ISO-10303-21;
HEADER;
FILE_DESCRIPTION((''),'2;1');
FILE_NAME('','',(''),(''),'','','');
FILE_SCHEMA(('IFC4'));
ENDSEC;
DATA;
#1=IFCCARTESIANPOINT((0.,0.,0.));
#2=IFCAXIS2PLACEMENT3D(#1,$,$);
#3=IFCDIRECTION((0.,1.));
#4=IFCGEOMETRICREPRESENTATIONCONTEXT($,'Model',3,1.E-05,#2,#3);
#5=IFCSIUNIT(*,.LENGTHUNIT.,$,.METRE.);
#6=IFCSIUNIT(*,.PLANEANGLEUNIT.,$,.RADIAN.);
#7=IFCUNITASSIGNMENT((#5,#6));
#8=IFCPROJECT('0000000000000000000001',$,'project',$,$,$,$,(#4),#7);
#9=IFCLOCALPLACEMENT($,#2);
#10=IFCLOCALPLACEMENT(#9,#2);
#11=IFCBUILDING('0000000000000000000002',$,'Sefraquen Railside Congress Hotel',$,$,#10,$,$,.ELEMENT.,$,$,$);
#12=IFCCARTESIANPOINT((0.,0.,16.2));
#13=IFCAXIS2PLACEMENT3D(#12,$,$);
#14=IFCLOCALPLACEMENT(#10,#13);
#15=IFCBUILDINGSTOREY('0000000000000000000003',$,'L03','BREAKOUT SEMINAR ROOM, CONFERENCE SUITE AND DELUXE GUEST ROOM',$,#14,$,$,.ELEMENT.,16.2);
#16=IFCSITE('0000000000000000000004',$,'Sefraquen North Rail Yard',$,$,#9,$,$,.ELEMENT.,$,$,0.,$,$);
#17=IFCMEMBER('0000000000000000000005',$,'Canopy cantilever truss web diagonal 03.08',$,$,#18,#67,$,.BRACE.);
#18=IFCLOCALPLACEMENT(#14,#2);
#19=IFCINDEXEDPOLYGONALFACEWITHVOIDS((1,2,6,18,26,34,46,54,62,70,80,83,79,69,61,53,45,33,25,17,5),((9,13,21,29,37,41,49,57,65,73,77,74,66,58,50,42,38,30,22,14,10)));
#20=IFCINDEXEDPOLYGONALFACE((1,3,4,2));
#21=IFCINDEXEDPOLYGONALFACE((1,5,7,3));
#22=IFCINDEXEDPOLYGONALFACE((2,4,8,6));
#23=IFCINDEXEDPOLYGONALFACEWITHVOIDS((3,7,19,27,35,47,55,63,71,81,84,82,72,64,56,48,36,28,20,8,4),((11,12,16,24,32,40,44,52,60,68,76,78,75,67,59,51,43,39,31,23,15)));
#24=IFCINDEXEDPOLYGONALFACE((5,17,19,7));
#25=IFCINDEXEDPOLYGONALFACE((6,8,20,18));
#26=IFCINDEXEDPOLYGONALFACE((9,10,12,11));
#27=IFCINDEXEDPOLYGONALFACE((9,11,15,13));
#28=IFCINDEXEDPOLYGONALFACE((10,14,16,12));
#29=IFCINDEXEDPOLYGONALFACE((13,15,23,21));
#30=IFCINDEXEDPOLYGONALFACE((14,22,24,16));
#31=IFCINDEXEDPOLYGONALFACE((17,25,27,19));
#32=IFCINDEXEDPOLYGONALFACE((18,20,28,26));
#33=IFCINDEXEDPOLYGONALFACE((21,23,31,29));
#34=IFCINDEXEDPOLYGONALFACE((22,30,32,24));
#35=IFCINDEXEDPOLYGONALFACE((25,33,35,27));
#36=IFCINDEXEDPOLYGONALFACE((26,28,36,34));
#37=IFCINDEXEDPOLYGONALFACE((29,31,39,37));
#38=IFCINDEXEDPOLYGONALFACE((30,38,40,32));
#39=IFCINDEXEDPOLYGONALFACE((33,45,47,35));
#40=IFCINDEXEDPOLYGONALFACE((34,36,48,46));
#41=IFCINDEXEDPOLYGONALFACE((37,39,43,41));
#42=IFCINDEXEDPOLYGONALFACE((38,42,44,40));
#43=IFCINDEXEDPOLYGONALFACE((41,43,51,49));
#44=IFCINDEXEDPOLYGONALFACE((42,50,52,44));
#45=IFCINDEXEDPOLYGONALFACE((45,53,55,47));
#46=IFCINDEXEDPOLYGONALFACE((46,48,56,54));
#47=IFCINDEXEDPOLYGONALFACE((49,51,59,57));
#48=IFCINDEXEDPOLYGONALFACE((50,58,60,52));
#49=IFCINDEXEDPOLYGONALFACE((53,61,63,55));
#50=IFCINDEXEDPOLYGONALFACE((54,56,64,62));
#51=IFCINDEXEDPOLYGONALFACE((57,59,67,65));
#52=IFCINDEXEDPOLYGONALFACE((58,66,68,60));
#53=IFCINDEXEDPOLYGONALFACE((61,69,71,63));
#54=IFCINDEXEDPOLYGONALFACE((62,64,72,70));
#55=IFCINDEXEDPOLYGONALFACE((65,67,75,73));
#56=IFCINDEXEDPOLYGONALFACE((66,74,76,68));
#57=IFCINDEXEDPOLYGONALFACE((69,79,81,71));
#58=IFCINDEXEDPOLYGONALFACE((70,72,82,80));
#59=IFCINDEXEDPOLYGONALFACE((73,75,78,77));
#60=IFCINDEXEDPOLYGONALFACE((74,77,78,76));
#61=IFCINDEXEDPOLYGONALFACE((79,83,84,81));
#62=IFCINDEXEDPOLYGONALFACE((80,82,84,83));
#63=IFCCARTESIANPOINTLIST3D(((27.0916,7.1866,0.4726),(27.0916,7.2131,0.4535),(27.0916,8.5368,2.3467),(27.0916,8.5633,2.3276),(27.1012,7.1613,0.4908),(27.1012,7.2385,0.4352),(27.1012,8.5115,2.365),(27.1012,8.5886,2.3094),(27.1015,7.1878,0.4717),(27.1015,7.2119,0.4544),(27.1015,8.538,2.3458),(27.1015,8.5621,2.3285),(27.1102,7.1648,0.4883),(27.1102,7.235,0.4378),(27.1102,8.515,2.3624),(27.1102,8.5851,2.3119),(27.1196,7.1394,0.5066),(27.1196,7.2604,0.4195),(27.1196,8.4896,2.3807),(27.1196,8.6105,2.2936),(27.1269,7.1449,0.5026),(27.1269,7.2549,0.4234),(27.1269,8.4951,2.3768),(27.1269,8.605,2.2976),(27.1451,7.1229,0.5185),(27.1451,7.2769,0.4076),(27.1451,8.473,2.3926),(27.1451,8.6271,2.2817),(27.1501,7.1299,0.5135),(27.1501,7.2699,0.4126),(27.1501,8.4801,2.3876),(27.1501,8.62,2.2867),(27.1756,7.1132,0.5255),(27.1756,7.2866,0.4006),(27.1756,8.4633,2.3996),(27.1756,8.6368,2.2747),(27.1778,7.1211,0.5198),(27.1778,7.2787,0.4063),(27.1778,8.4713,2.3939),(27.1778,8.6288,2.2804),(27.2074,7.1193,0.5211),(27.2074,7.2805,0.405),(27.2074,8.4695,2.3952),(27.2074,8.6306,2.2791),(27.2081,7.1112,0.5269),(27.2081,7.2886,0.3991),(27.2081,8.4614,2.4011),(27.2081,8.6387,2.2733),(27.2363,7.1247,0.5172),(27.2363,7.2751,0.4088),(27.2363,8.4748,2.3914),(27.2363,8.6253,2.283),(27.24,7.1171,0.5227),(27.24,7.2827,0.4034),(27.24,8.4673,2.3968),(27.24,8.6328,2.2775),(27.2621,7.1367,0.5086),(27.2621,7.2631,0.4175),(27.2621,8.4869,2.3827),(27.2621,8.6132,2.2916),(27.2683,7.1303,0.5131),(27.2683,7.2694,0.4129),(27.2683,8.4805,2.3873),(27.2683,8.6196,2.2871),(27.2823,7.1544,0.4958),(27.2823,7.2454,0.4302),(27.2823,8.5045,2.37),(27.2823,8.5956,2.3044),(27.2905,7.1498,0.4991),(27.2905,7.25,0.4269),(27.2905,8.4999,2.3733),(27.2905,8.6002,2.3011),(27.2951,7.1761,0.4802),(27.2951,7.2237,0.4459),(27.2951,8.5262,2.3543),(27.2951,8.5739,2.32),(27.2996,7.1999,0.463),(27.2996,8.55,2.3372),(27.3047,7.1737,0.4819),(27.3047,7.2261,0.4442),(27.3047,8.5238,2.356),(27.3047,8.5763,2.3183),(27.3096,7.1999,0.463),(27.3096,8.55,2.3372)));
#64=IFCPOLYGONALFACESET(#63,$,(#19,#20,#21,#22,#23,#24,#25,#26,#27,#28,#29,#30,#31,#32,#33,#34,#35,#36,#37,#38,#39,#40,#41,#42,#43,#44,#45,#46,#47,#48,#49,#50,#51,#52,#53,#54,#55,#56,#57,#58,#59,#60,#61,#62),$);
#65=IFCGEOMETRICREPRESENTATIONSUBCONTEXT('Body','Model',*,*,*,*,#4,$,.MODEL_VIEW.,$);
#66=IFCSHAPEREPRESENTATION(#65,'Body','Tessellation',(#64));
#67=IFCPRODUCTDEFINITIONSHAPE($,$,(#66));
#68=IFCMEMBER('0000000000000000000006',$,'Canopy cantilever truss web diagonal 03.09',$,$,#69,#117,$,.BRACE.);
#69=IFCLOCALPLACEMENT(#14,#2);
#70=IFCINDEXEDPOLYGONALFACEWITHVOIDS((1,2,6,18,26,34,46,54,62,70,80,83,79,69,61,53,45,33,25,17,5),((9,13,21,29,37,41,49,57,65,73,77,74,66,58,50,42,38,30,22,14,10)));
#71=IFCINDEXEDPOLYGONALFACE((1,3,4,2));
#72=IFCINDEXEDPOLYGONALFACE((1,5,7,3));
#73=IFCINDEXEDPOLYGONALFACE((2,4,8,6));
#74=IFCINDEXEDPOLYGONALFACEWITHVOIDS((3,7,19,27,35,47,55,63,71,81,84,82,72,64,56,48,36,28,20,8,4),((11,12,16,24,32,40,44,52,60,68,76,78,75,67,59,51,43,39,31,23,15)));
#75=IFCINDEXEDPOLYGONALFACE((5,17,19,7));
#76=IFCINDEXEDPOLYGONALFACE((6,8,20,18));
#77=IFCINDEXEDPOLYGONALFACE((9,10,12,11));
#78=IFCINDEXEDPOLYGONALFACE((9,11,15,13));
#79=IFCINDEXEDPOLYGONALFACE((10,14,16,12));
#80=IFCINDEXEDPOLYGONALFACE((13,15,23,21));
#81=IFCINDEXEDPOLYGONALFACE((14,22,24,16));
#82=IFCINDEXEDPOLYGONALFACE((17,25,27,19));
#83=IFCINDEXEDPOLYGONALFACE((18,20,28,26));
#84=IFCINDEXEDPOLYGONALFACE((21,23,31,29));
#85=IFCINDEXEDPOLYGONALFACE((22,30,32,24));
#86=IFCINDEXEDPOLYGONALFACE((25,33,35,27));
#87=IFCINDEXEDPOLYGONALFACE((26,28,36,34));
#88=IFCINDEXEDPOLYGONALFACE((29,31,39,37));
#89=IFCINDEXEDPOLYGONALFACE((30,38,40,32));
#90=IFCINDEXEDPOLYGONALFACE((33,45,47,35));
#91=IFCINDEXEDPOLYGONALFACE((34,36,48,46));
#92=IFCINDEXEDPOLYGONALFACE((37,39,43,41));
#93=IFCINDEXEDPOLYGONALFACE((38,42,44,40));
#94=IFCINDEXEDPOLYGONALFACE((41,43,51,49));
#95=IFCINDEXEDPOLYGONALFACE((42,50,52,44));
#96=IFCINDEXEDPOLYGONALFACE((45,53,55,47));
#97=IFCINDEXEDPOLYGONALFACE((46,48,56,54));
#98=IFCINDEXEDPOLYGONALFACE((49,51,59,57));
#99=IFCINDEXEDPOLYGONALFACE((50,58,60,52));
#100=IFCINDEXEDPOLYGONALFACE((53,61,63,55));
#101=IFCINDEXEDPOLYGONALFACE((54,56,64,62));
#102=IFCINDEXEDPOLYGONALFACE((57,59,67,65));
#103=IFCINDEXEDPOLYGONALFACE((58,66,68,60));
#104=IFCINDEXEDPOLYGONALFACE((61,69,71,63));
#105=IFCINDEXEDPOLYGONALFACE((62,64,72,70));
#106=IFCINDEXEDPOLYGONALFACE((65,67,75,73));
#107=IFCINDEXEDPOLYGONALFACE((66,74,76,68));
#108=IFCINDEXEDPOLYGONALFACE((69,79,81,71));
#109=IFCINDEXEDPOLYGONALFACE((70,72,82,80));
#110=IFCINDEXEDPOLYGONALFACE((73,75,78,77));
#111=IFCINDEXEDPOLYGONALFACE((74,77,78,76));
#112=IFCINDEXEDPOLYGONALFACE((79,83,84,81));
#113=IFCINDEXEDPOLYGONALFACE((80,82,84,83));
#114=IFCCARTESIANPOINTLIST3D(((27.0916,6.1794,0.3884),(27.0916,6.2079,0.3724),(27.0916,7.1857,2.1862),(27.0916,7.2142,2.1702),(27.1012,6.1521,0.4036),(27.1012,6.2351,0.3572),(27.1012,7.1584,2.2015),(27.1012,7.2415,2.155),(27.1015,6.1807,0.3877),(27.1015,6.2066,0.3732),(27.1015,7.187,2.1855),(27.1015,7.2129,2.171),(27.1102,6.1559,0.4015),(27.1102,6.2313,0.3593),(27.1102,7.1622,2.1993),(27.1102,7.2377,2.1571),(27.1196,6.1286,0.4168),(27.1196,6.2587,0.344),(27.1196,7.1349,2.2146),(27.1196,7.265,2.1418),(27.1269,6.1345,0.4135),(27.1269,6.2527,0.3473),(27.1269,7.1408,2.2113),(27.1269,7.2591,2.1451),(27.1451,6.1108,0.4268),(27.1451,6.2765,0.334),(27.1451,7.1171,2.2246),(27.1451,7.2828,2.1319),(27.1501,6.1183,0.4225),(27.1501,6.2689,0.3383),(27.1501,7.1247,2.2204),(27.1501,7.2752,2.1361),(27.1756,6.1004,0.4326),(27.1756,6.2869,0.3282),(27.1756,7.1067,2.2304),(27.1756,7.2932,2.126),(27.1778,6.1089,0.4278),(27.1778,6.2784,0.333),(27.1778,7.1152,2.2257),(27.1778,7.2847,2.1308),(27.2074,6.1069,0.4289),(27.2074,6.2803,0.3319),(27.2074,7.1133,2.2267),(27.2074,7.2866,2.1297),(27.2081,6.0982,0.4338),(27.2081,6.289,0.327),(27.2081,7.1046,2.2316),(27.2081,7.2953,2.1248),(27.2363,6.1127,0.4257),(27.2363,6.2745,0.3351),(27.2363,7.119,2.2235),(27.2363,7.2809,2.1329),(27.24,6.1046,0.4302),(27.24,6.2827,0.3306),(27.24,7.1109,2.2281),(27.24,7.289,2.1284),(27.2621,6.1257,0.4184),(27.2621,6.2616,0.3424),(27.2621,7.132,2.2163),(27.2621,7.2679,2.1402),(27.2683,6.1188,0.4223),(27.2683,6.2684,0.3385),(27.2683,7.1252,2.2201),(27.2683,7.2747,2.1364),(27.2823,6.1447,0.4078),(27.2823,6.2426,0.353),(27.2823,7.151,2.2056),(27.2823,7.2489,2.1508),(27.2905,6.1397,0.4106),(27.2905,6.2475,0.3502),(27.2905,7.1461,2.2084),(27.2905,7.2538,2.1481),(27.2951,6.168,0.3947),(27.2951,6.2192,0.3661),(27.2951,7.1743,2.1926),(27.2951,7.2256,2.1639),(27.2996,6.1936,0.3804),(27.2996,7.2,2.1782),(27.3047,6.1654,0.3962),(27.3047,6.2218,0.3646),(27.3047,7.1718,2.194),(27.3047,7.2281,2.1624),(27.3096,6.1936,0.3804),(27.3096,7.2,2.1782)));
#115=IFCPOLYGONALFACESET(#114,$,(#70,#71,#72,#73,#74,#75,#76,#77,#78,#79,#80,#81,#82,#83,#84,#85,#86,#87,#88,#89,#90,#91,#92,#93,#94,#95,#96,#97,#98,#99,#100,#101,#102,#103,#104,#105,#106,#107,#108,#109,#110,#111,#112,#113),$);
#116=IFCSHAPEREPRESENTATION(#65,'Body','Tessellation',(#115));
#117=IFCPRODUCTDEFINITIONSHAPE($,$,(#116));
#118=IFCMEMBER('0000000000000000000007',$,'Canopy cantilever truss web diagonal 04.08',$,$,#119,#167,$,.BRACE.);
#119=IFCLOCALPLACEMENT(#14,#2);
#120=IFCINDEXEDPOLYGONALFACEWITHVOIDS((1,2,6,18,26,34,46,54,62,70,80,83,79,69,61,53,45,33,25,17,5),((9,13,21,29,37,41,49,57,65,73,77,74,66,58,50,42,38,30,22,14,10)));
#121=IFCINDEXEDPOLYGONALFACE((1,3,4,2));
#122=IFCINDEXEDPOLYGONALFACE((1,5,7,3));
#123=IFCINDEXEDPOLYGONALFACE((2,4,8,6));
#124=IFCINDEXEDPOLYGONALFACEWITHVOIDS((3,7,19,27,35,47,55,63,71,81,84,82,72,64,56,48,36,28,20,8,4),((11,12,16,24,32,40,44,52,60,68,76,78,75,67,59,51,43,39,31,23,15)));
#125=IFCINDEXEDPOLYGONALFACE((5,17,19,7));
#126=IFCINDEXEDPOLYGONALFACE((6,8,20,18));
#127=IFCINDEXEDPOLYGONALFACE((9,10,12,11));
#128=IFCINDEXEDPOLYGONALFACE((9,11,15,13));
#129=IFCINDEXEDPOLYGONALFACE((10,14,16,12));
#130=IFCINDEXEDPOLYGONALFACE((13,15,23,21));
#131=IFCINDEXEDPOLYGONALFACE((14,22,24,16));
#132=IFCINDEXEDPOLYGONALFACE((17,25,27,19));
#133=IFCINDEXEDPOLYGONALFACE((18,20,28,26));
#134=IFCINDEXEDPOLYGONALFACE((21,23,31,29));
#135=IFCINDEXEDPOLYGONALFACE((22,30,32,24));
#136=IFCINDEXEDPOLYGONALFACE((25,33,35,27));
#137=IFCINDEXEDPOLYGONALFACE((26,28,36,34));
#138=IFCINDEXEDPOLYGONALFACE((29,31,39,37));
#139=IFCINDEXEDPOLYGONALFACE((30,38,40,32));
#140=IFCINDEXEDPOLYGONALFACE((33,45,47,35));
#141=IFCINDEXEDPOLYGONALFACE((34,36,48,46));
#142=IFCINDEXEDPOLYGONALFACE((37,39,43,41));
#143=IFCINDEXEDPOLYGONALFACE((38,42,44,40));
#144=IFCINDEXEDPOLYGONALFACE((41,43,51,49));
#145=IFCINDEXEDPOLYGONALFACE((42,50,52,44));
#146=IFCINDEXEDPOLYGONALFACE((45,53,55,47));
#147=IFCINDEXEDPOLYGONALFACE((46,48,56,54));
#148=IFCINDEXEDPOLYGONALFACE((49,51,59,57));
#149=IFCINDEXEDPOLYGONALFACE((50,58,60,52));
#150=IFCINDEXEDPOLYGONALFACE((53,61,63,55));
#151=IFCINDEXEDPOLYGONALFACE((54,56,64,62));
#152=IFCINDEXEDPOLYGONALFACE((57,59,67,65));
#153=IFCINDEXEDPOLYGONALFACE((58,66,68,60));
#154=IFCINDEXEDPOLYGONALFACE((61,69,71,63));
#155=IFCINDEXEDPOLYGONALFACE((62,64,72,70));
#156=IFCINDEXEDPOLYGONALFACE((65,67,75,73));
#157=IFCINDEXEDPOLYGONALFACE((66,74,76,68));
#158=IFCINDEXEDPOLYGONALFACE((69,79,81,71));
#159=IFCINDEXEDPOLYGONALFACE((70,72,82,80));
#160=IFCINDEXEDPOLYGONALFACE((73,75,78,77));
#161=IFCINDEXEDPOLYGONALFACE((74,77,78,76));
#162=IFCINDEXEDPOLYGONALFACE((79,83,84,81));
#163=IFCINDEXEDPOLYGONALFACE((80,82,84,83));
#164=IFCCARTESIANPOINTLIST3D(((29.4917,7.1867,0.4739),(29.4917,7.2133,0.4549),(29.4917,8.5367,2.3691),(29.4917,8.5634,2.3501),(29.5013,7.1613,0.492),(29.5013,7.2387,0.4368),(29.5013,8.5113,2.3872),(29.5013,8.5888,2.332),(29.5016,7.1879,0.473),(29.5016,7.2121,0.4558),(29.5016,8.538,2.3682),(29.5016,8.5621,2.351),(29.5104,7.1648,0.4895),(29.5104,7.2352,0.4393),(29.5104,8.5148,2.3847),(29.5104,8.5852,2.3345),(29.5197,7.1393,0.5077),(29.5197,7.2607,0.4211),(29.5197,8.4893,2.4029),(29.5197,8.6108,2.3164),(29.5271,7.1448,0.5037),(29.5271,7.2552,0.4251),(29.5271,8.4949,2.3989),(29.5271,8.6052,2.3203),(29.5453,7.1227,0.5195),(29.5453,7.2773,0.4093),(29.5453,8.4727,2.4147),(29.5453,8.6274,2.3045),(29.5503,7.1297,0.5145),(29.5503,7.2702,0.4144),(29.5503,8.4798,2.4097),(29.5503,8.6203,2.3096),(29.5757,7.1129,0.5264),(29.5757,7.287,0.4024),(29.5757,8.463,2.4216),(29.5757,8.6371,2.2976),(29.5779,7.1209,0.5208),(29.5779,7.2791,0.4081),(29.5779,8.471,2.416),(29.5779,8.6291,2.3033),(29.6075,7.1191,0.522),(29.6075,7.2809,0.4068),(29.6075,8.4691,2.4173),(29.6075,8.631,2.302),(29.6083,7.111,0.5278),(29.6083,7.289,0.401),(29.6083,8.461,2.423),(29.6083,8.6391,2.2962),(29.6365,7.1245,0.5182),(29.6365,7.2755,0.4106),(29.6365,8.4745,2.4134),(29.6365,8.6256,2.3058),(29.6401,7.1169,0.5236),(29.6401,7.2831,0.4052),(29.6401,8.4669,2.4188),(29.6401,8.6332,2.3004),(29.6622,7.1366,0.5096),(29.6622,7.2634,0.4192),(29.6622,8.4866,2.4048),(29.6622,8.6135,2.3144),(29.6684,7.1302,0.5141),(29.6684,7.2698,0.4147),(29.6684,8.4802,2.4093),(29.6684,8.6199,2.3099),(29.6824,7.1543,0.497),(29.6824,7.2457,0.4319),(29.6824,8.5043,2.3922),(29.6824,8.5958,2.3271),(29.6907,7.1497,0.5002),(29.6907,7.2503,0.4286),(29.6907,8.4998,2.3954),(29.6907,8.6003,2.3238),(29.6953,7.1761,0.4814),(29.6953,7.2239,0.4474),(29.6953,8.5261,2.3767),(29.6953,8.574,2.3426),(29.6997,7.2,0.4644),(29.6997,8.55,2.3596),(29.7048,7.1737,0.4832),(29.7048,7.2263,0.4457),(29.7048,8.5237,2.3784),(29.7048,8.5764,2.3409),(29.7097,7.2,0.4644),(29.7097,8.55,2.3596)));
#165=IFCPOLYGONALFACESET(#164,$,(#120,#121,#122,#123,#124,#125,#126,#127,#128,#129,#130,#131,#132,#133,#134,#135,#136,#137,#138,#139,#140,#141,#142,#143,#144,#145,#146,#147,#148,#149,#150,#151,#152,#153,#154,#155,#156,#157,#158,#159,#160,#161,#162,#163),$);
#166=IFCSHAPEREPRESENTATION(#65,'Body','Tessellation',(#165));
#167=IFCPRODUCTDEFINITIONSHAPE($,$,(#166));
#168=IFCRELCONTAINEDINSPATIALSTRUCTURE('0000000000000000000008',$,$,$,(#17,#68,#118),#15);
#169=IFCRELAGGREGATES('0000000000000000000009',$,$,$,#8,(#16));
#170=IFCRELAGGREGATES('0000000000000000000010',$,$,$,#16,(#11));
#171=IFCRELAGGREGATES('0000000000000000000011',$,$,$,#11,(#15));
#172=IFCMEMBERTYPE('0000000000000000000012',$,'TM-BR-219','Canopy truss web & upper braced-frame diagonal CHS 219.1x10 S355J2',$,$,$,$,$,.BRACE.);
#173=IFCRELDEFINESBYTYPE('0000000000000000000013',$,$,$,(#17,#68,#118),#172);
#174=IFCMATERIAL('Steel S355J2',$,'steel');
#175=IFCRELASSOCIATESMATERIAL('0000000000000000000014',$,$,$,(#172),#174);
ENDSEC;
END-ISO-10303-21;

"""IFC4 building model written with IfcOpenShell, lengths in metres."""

from ifc_helpers import new_model, si_unit, direction, frame, origin, origin_2d, place, context, subcontext, project, spatial, hollow_circle, extrude, material, material_profile, profile_set, type_object, element, save


model = new_model("IFC4")

# Units and contexts
model_context = context("Model", 3, precision=1e-05, world=origin(), true_north=direction((0.0, 1.0)))
body_context = subcontext(model_context, "Body", "Model", "MODEL_VIEW")
ifc_project = project(units=[si_unit("LENGTHUNIT", "METRE"), si_unit("PLANEANGLEUNIT", "RADIAN")], contexts=[model_context])

# Site, building, storey
site_placement = place(None, origin())
site = spatial("IfcSite", under=ifc_project, at=site_placement, Name="Sefraquen North Rail Yard", CompositionType="ELEMENT", RefElevation=0.0)
building_placement = place(site_placement, origin())
building = spatial("IfcBuilding", under=site, at=building_placement, Name="Sefraquen Railside Congress Hotel", CompositionType="ELEMENT")
storey_placement = place(building_placement, frame((0.0, 0.0, 16.2)))
storey = spatial("IfcBuildingStorey", under=building, at=storey_placement, Name="L03", Description="BREAKOUT SEMINAR ROOM, CONFERENCE SUITE AND DELUXE GUEST ROOM", CompositionType="ELEMENT", Elevation=16.2)

# Members
ifc_material_1 = material(Name="Steel S355J2", Category="steel")
ifc_material_profile_1 = material_profile(ifc_material_1, hollow_circle(Radius=0.1096, WallThickness=0.01, at=origin_2d()), Name="CHS 219.1x10")
ifc_profile_set_1 = profile_set([ifc_material_profile_1], Name="Steel S355J2")
member_type_1 = type_object("IfcMemberType", Name="TM-BR-219", Description="Canopy truss web & upper braced-frame diagonal CHS 219.1x10 S355J2", PredefinedType="BRACE", material=ifc_profile_set_1)
member_1_placement = place(storey_placement, frame((27.2, 8.55, 2.3372), z_axis=(0.0, -0.584533, -0.81137), x_axis=(1.0, 0.0, 0.0)))
element("IfcMember", 1, at=member_1_placement, inside=storey, type_object=member_type_1, Name="Canopy cantilever truss web diagonal 03.08", PredefinedType="BRACE", context=body_context, shape_type="SweptSolid", body=[
    extrude(hollow_circle(Radius=0.1096, WallThickness=0.01, at=origin_2d()), origin(), (0.0, 0.0, 1.0), 2.3098),
])
member_2_placement = place(storey_placement, frame((27.2, 7.2, 2.1782), z_axis=(0.0, -0.488437, -0.872599), x_axis=(1.0, 0.0, 0.0)))
element("IfcMember", 2, at=member_2_placement, inside=storey, type_object=member_type_1, Name="Canopy cantilever truss web diagonal 03.09", PredefinedType="BRACE", context=body_context, shape_type="SweptSolid", body=[
    extrude(hollow_circle(Radius=0.1096, WallThickness=0.01, at=origin_2d()), origin(), (0.0, 0.0, 1.0), 2.0603),
])
member_3_placement = place(storey_placement, frame((29.6001, 8.55, 2.3596), z_axis=(0.0, -0.580196, -0.814477), x_axis=(1.0, 0.0, 0.0)))
element("IfcMember", 3, at=member_3_placement, inside=storey, type_object=member_type_1, Name="Canopy cantilever truss web diagonal 04.08", PredefinedType="BRACE", context=body_context, shape_type="SweptSolid", body=[
    extrude(hollow_circle(Radius=0.1096, WallThickness=0.01, at=origin_2d()), origin(), (0.0, 0.0, 1.0), 2.3269),
])

save(model, "model.ifc")
